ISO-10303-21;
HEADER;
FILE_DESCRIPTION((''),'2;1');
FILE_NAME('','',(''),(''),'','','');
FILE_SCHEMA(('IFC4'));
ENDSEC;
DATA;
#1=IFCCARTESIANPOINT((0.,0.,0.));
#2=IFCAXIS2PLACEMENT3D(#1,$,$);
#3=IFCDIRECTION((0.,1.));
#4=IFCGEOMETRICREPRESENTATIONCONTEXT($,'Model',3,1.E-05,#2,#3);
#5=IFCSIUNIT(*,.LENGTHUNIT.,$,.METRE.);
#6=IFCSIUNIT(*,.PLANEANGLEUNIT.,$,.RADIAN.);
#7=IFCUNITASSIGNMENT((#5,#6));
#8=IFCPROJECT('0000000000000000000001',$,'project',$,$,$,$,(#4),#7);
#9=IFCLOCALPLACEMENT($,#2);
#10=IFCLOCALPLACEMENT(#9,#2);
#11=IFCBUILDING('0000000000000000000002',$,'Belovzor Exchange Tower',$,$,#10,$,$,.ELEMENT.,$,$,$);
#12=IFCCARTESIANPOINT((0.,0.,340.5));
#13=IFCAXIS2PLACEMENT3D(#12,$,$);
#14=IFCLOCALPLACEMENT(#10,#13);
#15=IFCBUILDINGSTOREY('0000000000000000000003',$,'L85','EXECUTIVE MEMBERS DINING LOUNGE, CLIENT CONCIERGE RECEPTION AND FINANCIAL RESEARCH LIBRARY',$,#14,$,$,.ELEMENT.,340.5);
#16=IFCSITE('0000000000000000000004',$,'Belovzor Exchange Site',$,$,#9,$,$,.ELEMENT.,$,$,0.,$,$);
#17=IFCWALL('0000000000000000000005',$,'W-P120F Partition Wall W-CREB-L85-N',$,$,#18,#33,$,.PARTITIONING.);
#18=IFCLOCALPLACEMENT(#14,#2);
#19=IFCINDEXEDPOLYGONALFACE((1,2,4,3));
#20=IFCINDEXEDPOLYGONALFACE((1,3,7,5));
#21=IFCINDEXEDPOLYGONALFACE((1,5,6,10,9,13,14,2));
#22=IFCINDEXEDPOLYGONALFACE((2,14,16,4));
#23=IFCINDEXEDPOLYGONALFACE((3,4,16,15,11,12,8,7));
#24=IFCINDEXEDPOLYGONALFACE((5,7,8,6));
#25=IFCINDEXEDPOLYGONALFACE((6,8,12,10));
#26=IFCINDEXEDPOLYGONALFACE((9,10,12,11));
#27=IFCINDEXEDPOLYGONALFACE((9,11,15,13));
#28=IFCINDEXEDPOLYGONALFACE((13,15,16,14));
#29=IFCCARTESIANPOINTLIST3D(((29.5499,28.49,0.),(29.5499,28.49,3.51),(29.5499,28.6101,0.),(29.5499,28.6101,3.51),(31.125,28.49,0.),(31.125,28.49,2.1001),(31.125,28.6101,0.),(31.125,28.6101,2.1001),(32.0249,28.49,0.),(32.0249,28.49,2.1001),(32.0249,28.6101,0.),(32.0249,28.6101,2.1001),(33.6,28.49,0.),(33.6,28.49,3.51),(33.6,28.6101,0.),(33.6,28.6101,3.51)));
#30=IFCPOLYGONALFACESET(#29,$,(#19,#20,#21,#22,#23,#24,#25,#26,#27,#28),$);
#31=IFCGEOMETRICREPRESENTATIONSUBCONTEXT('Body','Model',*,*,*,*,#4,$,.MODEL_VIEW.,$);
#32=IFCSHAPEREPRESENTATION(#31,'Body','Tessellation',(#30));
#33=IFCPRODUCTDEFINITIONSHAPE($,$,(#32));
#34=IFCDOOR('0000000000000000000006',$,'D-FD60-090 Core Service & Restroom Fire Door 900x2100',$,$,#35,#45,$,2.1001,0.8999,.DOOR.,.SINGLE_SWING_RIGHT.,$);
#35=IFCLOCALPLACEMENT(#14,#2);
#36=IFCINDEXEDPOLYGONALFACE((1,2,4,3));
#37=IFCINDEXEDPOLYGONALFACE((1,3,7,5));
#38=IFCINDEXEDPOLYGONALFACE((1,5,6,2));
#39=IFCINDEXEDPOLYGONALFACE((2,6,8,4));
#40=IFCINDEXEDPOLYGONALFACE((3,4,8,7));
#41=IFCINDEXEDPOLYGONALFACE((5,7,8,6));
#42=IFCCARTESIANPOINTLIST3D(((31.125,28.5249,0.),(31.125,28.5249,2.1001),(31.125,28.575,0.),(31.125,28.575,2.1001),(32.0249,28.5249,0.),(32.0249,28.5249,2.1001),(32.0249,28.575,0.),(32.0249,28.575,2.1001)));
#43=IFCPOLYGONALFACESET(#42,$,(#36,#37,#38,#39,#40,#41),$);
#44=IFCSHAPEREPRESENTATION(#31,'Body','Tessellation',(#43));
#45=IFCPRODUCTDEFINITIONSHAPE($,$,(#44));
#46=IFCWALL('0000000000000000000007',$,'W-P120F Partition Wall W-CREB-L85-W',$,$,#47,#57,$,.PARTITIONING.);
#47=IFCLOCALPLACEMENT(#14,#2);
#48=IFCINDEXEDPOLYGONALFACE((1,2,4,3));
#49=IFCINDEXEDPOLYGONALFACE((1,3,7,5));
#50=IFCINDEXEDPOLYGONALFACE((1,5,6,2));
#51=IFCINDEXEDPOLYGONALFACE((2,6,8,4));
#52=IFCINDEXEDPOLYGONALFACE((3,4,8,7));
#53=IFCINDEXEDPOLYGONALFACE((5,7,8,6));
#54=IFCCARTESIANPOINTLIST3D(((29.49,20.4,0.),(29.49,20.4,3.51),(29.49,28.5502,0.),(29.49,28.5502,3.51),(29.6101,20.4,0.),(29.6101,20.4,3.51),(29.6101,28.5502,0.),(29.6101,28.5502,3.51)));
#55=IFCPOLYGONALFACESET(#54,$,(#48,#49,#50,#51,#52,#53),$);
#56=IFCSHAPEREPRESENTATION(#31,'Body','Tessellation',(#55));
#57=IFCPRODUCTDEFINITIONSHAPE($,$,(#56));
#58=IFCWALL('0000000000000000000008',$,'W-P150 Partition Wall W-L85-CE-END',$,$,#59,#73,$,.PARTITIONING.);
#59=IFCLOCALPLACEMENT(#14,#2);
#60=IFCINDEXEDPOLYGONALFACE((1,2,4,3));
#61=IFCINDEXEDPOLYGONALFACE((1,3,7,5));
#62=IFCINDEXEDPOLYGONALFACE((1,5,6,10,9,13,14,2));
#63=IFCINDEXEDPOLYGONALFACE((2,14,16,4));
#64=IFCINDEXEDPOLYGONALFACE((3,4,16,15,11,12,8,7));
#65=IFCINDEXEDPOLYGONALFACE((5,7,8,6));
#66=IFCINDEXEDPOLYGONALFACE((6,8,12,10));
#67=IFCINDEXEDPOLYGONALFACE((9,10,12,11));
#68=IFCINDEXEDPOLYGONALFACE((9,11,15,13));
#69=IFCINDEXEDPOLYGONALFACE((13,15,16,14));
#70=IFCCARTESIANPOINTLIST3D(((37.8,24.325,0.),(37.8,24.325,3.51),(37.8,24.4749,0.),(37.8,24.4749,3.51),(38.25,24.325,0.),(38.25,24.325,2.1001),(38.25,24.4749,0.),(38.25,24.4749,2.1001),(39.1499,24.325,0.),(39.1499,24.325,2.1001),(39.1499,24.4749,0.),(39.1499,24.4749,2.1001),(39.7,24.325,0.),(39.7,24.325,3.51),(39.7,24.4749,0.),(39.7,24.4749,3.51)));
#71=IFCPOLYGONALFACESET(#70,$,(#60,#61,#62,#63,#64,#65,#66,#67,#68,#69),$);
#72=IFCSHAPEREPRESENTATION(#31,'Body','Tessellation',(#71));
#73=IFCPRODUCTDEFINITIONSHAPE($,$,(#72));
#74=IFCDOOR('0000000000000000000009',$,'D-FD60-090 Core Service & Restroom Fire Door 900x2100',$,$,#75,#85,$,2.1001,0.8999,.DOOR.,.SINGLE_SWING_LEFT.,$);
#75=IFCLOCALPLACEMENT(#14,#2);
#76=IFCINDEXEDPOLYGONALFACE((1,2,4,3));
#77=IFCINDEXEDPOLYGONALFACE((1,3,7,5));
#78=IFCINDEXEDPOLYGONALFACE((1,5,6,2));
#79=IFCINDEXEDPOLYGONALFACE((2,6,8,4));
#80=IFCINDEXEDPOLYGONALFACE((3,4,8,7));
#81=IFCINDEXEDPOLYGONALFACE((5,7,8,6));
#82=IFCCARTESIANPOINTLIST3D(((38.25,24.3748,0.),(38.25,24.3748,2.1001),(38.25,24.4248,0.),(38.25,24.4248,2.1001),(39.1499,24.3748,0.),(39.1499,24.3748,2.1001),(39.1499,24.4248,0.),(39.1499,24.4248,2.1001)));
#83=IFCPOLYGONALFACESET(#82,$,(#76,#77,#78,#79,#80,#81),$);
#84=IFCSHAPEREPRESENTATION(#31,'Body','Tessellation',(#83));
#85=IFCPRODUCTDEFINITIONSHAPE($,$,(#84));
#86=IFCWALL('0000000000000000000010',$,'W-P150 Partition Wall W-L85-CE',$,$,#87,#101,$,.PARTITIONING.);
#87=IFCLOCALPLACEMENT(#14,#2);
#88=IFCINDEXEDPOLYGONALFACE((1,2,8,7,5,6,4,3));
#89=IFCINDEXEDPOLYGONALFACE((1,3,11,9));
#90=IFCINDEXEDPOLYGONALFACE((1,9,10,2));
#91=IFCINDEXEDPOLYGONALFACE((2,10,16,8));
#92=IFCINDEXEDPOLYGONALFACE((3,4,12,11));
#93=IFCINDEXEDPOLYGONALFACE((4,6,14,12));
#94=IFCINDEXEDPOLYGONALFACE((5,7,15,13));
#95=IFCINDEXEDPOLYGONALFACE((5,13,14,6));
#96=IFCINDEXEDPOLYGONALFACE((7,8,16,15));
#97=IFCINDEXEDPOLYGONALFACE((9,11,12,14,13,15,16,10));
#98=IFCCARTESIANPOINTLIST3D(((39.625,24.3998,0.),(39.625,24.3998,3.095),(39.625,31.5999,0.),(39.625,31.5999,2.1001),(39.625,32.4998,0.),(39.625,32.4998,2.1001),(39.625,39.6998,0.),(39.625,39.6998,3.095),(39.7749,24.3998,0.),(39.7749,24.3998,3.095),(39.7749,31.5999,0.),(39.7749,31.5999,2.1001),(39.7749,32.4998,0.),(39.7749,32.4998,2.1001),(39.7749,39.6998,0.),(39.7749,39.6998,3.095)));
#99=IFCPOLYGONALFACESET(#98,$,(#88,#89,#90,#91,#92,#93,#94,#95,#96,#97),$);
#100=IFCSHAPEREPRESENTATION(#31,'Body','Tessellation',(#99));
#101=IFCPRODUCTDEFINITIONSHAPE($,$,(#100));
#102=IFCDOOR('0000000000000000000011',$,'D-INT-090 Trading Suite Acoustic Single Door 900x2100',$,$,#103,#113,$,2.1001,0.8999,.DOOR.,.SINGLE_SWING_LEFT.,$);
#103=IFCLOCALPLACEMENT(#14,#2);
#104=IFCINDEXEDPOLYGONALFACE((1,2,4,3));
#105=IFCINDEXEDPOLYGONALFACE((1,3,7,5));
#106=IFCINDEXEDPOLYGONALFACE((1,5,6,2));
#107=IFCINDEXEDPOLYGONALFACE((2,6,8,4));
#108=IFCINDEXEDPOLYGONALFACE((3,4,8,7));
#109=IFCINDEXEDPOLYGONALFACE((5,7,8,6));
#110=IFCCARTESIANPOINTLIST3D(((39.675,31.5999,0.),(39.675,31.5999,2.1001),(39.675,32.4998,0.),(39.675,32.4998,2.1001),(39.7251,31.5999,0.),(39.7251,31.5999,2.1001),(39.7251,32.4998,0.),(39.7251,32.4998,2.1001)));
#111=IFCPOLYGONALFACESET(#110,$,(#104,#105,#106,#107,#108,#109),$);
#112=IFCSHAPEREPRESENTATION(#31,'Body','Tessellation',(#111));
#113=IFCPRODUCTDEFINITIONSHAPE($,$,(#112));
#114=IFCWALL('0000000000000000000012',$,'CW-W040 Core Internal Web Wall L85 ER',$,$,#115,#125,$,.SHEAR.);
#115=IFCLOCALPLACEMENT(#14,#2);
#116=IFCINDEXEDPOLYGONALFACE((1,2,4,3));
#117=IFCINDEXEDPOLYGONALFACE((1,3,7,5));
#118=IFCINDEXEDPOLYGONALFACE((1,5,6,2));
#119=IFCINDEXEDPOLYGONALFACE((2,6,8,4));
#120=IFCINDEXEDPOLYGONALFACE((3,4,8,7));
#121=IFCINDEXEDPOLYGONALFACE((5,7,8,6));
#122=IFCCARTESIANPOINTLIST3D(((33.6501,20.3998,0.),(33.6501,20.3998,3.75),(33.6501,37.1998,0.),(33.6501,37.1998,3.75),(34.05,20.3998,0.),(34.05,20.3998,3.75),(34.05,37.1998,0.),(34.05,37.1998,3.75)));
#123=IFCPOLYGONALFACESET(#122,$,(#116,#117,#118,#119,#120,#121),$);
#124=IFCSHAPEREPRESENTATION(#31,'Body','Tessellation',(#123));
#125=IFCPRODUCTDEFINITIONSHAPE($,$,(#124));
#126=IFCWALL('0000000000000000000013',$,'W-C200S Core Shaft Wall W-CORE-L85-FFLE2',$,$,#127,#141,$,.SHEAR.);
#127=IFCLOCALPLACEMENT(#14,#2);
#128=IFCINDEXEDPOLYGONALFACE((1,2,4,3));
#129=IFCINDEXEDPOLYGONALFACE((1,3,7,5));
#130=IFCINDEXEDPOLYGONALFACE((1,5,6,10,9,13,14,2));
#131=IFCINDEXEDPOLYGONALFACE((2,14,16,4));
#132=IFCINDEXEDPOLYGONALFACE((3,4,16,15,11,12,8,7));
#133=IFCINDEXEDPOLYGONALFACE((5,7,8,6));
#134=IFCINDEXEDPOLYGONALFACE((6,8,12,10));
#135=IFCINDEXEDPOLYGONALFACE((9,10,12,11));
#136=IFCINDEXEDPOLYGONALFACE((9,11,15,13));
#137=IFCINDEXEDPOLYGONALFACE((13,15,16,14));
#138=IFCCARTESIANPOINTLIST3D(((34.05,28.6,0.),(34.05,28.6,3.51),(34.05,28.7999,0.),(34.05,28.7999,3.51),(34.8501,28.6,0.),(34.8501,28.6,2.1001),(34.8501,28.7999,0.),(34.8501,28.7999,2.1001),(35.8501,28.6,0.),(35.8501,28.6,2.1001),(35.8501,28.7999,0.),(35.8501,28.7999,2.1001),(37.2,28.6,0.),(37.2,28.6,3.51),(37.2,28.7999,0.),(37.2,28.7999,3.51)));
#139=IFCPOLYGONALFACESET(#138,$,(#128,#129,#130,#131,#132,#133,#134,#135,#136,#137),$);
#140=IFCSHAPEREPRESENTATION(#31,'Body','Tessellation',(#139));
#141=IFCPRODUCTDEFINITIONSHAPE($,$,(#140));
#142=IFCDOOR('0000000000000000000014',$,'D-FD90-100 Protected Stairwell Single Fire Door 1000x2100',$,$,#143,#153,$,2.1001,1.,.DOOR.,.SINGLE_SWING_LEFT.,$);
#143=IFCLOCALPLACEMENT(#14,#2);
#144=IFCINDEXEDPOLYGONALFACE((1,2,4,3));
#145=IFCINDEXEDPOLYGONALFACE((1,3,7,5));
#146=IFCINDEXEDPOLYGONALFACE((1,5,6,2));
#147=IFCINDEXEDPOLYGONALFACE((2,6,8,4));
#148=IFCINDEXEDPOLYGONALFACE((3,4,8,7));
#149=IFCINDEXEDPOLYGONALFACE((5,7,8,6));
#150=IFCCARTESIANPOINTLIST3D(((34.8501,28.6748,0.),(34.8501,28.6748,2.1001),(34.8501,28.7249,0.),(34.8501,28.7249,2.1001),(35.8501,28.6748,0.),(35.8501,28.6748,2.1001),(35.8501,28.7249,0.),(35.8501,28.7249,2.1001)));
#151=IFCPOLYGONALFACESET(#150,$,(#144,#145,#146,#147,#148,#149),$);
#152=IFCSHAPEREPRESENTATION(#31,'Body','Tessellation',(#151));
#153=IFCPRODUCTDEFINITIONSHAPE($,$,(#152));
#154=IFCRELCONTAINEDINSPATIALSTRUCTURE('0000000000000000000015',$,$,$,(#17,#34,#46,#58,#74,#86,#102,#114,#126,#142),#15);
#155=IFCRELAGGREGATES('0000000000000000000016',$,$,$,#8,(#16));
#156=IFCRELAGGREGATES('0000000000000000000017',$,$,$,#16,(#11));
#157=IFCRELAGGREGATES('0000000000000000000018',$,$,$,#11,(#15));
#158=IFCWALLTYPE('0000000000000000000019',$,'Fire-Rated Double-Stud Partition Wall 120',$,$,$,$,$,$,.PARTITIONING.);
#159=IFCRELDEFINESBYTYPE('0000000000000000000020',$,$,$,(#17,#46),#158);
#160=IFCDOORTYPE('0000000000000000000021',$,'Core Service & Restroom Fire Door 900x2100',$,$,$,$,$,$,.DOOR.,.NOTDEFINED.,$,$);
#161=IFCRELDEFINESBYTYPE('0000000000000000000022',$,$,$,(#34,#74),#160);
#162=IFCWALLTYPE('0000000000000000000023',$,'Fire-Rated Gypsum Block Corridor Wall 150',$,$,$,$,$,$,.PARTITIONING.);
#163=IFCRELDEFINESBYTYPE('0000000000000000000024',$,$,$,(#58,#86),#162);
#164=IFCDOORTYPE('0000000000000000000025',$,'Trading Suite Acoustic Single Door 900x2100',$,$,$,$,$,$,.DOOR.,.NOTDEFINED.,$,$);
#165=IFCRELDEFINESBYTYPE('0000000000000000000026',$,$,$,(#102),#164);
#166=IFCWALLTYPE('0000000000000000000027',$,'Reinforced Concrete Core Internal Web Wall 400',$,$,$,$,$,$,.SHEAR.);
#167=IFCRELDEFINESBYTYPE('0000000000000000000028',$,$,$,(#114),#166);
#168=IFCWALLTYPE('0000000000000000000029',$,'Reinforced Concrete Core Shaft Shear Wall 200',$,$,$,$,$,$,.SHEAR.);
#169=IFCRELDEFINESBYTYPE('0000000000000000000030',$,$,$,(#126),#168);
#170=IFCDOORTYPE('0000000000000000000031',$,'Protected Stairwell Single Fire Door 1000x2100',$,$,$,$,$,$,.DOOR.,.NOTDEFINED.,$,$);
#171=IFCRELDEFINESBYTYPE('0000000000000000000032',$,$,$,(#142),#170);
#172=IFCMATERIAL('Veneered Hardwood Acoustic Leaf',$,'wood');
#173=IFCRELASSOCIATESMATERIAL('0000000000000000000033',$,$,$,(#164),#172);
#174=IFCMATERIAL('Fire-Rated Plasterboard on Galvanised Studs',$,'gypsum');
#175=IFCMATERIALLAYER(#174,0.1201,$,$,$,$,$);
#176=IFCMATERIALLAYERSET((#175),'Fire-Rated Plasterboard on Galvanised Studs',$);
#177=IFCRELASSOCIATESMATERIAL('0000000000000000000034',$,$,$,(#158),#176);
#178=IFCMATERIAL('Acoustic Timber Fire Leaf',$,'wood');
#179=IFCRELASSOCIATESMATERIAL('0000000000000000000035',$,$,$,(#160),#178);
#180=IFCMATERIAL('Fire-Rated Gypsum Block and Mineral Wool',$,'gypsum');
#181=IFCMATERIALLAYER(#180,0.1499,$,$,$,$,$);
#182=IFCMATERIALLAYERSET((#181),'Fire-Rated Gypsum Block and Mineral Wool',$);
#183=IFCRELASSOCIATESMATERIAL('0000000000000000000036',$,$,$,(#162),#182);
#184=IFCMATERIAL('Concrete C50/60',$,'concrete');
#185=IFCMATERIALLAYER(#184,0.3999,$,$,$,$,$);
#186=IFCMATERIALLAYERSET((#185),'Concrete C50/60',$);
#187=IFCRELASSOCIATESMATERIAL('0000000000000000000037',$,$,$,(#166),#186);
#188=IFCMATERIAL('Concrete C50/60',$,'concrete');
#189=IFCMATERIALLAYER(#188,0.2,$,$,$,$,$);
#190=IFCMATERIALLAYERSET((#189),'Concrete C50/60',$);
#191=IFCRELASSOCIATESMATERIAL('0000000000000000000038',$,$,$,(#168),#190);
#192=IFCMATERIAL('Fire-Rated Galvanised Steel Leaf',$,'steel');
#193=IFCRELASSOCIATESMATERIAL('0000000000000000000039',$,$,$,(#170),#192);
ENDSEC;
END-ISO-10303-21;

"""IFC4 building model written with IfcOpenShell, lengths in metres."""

from ifc_helpers import new_model, si_unit, direction, frame, frame_2d, origin, place, context, subcontext, project, spatial, rectangle, extrude, material, layer, layer_set, type_object, element, fill, save


model = new_model("IFC4")

# Units and contexts
model_context = context("Model", 3, precision=1e-05, world=origin(), true_north=direction((0.0, 1.0)))
body_context = subcontext(model_context, "Body", "Model", "MODEL_VIEW")
ifc_project = project(units=[si_unit("LENGTHUNIT", "METRE"), si_unit("PLANEANGLEUNIT", "RADIAN")], contexts=[model_context])

# Site, building, storey
site_placement = place(None, origin())
site = spatial("IfcSite", under=ifc_project, at=site_placement, Name="Belovzor Exchange Site", CompositionType="ELEMENT", RefElevation=0.0)
building_placement = place(site_placement, origin())
building = spatial("IfcBuilding", under=site, at=building_placement, Name="Belovzor Exchange Tower", CompositionType="ELEMENT")
storey_placement = place(building_placement, frame((0.0, 0.0, 340.5)))
storey = spatial("IfcBuildingStorey", under=building, at=storey_placement, Name="L85", Description="EXECUTIVE MEMBERS DINING LOUNGE, CLIENT CONCIERGE RECEPTION AND FINANCIAL RESEARCH LIBRARY", CompositionType="ELEMENT", Elevation=340.5)

# Wall, opening, door
ifc_material_1 = material(Name="Veneered Hardwood Acoustic Leaf", Category="wood")
door_type_1 = type_object("IfcDoorType", Name="Trading Suite Acoustic Single Door 900x2100", OperationType="NOTDEFINED", PredefinedType="DOOR", material=ifc_material_1)
ifc_material_2 = material(Name="Fire-Rated Plasterboard on Galvanised Studs", Category="gypsum")
ifc_layer_1 = layer(ifc_material_2, 0.1201)
ifc_layer_set_1 = layer_set([ifc_layer_1], Name="Fire-Rated Plasterboard on Galvanised Studs")
wall_type_1 = type_object("IfcWallType", Name="Fire-Rated Double-Stud Partition Wall 120", PredefinedType="PARTITIONING", material=ifc_layer_set_1)
wall_1_placement = place(storey_placement, frame((29.55, 28.55, 0.0), z_axis=(0.0, 0.0, 1.0), x_axis=(1.0, 0.0, 0.0)))
wall_1 = element("IfcWall", 1, at=wall_1_placement, inside=storey, type_object=wall_type_1, Name="W-P120F Partition Wall W-CREB-L85-N", PredefinedType="PARTITIONING", context=body_context, shape_type="SweptSolid", body=[
    extrude(rectangle(XDim=4.05, YDim=0.1201, at=frame_2d((2.0249, 0.0))), origin(), (0.0, 0.0, 1.0), 3.51),
])
opening_1_placement = place(wall_1_placement, frame((1.575, 0.0, 0.0)))
opening_1 = element("IfcOpeningElement", 2, at=opening_1_placement, cuts=wall_1, PredefinedType="OPENING", context=body_context, shape_type="SweptSolid", body=[
    extrude(rectangle(XDim=0.8999, YDim=2.1001, at=frame_2d((0.45, 1.05))), frame((0.0, 0.0701, 0.0), z_axis=(0.0, -1.0, 0.0), x_axis=(1.0, 0.0, 0.0)), (0.0, 0.0, 1.0), 0.1401),
])
ifc_material_3 = material(Name="Acoustic Timber Fire Leaf", Category="wood")
door_type_2 = type_object("IfcDoorType", Name="Core Service & Restroom Fire Door 900x2100", OperationType="NOTDEFINED", PredefinedType="DOOR", material=ifc_material_3)
door_1_placement = place(opening_1_placement, origin())
door_1 = element("IfcDoor", 3, at=door_1_placement, inside=storey, type_object=door_type_2, Name="D-FD60-090 Core Service & Restroom Fire Door 900x2100", OperationType="SINGLE_SWING_RIGHT", OverallHeight=2.1001, OverallWidth=0.8999, PredefinedType="DOOR", context=body_context, shape_type="SweptSolid", body=[
    extrude(rectangle(XDim=0.8999, YDim=2.1001, at=frame_2d((0.45, 1.05))), frame((0.0, 0.0249, 0.0), z_axis=(0.0, -1.0, 0.0), x_axis=(1.0, 0.0, 0.0)), (0.0, 0.0, 1.0), 0.05),
])
fill(opening_1, door_1)

# Wall
wall_2_placement = place(storey_placement, frame((29.55, 20.3999, 0.0), z_axis=(0.0, 0.0, 1.0), x_axis=(0.0, 1.0, 0.0)))
element("IfcWall", 4, at=wall_2_placement, inside=storey, type_object=wall_type_1, Name="W-P120F Partition Wall W-CREB-L85-W", PredefinedType="PARTITIONING", context=body_context, shape_type="SweptSolid", body=[
    extrude(rectangle(XDim=8.1501, YDim=0.1201, at=frame_2d((4.0752, 0.0))), origin(), (0.0, 0.0, 1.0), 3.51),
])

# Walls, openings, doors
ifc_material_4 = material(Name="Fire-Rated Gypsum Block and Mineral Wool", Category="gypsum")
ifc_layer_2 = layer(ifc_material_4, 0.1499)
ifc_layer_set_2 = layer_set([ifc_layer_2], Name="Fire-Rated Gypsum Block and Mineral Wool")
wall_type_2 = type_object("IfcWallType", Name="Fire-Rated Gypsum Block Corridor Wall 150", PredefinedType="PARTITIONING", material=ifc_layer_set_2)
wall_3_placement = place(storey_placement, frame((37.8, 24.3999, 0.0), z_axis=(0.0, 0.0, 1.0), x_axis=(1.0, 0.0, 0.0)))
wall_3 = element("IfcWall", 5, at=wall_3_placement, inside=storey, type_object=wall_type_2, Name="W-P150 Partition Wall W-L85-CE-END", PredefinedType="PARTITIONING", context=body_context, shape_type="SweptSolid", body=[
    extrude(rectangle(XDim=1.8999, YDim=0.1499, at=frame_2d((0.95, 0.0))), origin(), (0.0, 0.0, 1.0), 3.51),
])
opening_2_placement = place(wall_3_placement, frame((0.45, 0.0, 0.0)))
opening_2 = element("IfcOpeningElement", 6, at=opening_2_placement, cuts=wall_3, PredefinedType="OPENING", context=body_context, shape_type="SweptSolid", body=[
    extrude(rectangle(XDim=0.8999, YDim=2.1001, at=frame_2d((0.45, 1.05))), frame((0.0, 0.085, 0.0), z_axis=(0.0, -1.0, 0.0), x_axis=(1.0, 0.0, 0.0)), (0.0, 0.0, 1.0), 0.1699),
])
door_2_placement = place(opening_2_placement, origin())
door_2 = element("IfcDoor", 7, at=door_2_placement, inside=storey, type_object=door_type_2, Name="D-FD60-090 Core Service & Restroom Fire Door 900x2100", OperationType="SINGLE_SWING_LEFT", OverallHeight=2.1001, OverallWidth=0.8999, PredefinedType="DOOR", context=body_context, shape_type="SweptSolid", body=[
    extrude(rectangle(XDim=0.8999, YDim=2.1001, at=frame_2d((0.45, 1.05))), frame((0.0, 0.0249, 0.0), z_axis=(0.0, -1.0, 0.0), x_axis=(1.0, 0.0, 0.0)), (0.0, 0.0, 1.0), 0.05),
])
fill(opening_2, door_2)
wall_4_placement = place(storey_placement, frame((39.7, 24.3999, 0.0), z_axis=(0.0, 0.0, 1.0), x_axis=(0.0, 1.0, 0.0)))
wall_4 = element("IfcWall", 8, at=wall_4_placement, inside=storey, type_object=wall_type_2, Name="W-P150 Partition Wall W-L85-CE", PredefinedType="PARTITIONING", context=body_context, shape_type="SweptSolid", body=[
    extrude(rectangle(XDim=15.3, YDim=0.1499, at=frame_2d((7.6499, 0.0))), origin(), (0.0, 0.0, 1.0), 3.095),
])
opening_3_placement = place(wall_4_placement, frame((7.2, 0.0, 0.0)))
opening_3 = element("IfcOpeningElement", 9, at=opening_3_placement, cuts=wall_4, PredefinedType="OPENING", context=body_context, shape_type="SweptSolid", body=[
    extrude(rectangle(XDim=0.8999, YDim=2.1001, at=frame_2d((0.45, 1.05))), frame((0.0, 0.085, 0.0), z_axis=(0.0, -1.0, 0.0), x_axis=(1.0, 0.0, 0.0)), (0.0, 0.0, 1.0), 0.1699),
])
door_3_placement = place(opening_3_placement, origin())
door_3 = element("IfcDoor", 10, at=door_3_placement, inside=storey, type_object=door_type_1, Name="D-INT-090 Trading Suite Acoustic Single Door 900x2100", OperationType="SINGLE_SWING_LEFT", OverallHeight=2.1001, OverallWidth=0.8999, PredefinedType="DOOR", context=body_context, shape_type="SweptSolid", body=[
    extrude(rectangle(XDim=0.8999, YDim=2.1001, at=frame_2d((0.45, 1.05))), frame((0.0, 0.0249, 0.0), z_axis=(0.0, -1.0, 0.0), x_axis=(1.0, 0.0, 0.0)), (0.0, 0.0, 1.0), 0.05),
])
fill(opening_3, door_3)

# Wall
ifc_material_5 = material(Name="Concrete C50/60", Category="concrete")
ifc_layer_3 = layer(ifc_material_5, 0.3999)
ifc_layer_set_3 = layer_set([ifc_layer_3], Name="Concrete C50/60")
wall_type_3 = type_object("IfcWallType", Name="Reinforced Concrete Core Internal Web Wall 400", PredefinedType="SHEAR", material=ifc_layer_set_3)
wall_5_placement = place(storey_placement, frame((33.8501, 20.3999, 0.0), z_axis=(0.0, 0.0, 1.0), x_axis=(0.0, 1.0, 0.0)))
element("IfcWall", 11, at=wall_5_placement, inside=storey, type_object=wall_type_3, Name="CW-W040 Core Internal Web Wall L85 ER", PredefinedType="SHEAR", context=body_context, shape_type="SweptSolid", body=[
    extrude(rectangle(XDim=16.8, YDim=0.3999, at=frame_2d((8.3999, 0.0))), origin(), (0.0, 0.0, 1.0), 3.75),
])

# Wall, opening, door
ifc_material_6 = material(Name="Concrete C50/60", Category="concrete")
ifc_layer_4 = layer(ifc_material_6, 0.2)
ifc_layer_set_4 = layer_set([ifc_layer_4], Name="Concrete C50/60")
wall_type_4 = type_object("IfcWallType", Name="Reinforced Concrete Core Shaft Shear Wall 200", PredefinedType="SHEAR", material=ifc_layer_set_4)
wall_6_placement = place(storey_placement, frame((34.05, 28.7, 0.0), z_axis=(0.0, 0.0, 1.0), x_axis=(1.0, 0.0, 0.0)))
wall_6 = element("IfcWall", 12, at=wall_6_placement, inside=storey, type_object=wall_type_4, Name="W-C200S Core Shaft Wall W-CORE-L85-FFLE2", PredefinedType="SHEAR", context=body_context, shape_type="SweptSolid", body=[
    extrude(rectangle(XDim=3.1499, YDim=0.2, at=frame_2d((1.575, 0.0))), origin(), (0.0, 0.0, 1.0), 3.51),
])
opening_4_placement = place(wall_6_placement, frame((0.8, 0.0, 0.0)))
opening_4 = element("IfcOpeningElement", 13, at=opening_4_placement, cuts=wall_6, PredefinedType="OPENING", context=body_context, shape_type="SweptSolid", body=[
    extrude(rectangle(XDim=1.0, YDim=2.1001, at=frame_2d((0.5, 1.05))), frame((0.0, 0.1099, 0.0), z_axis=(0.0, -1.0, 0.0), x_axis=(1.0, 0.0, 0.0)), (0.0, 0.0, 1.0), 0.22),
])
ifc_material_7 = material(Name="Fire-Rated Galvanised Steel Leaf", Category="steel")
door_type_3 = type_object("IfcDoorType", Name="Protected Stairwell Single Fire Door 1000x2100", OperationType="NOTDEFINED", PredefinedType="DOOR", material=ifc_material_7)
door_4_placement = place(opening_4_placement, origin())
door_4 = element("IfcDoor", 14, at=door_4_placement, inside=storey, type_object=door_type_3, Name="D-FD90-100 Protected Stairwell Single Fire Door 1000x2100", OperationType="SINGLE_SWING_LEFT", OverallHeight=2.1001, OverallWidth=1.0, PredefinedType="DOOR", context=body_context, shape_type="SweptSolid", body=[
    extrude(rectangle(XDim=1.0, YDim=2.1001, at=frame_2d((0.5, 1.05))), frame((0.0, 0.0249, 0.0), z_axis=(0.0, -1.0, 0.0), x_axis=(1.0, 0.0, 0.0)), (0.0, 0.0, 1.0), 0.05),
])
fill(opening_4, door_4)

save(model, "model.ifc")
